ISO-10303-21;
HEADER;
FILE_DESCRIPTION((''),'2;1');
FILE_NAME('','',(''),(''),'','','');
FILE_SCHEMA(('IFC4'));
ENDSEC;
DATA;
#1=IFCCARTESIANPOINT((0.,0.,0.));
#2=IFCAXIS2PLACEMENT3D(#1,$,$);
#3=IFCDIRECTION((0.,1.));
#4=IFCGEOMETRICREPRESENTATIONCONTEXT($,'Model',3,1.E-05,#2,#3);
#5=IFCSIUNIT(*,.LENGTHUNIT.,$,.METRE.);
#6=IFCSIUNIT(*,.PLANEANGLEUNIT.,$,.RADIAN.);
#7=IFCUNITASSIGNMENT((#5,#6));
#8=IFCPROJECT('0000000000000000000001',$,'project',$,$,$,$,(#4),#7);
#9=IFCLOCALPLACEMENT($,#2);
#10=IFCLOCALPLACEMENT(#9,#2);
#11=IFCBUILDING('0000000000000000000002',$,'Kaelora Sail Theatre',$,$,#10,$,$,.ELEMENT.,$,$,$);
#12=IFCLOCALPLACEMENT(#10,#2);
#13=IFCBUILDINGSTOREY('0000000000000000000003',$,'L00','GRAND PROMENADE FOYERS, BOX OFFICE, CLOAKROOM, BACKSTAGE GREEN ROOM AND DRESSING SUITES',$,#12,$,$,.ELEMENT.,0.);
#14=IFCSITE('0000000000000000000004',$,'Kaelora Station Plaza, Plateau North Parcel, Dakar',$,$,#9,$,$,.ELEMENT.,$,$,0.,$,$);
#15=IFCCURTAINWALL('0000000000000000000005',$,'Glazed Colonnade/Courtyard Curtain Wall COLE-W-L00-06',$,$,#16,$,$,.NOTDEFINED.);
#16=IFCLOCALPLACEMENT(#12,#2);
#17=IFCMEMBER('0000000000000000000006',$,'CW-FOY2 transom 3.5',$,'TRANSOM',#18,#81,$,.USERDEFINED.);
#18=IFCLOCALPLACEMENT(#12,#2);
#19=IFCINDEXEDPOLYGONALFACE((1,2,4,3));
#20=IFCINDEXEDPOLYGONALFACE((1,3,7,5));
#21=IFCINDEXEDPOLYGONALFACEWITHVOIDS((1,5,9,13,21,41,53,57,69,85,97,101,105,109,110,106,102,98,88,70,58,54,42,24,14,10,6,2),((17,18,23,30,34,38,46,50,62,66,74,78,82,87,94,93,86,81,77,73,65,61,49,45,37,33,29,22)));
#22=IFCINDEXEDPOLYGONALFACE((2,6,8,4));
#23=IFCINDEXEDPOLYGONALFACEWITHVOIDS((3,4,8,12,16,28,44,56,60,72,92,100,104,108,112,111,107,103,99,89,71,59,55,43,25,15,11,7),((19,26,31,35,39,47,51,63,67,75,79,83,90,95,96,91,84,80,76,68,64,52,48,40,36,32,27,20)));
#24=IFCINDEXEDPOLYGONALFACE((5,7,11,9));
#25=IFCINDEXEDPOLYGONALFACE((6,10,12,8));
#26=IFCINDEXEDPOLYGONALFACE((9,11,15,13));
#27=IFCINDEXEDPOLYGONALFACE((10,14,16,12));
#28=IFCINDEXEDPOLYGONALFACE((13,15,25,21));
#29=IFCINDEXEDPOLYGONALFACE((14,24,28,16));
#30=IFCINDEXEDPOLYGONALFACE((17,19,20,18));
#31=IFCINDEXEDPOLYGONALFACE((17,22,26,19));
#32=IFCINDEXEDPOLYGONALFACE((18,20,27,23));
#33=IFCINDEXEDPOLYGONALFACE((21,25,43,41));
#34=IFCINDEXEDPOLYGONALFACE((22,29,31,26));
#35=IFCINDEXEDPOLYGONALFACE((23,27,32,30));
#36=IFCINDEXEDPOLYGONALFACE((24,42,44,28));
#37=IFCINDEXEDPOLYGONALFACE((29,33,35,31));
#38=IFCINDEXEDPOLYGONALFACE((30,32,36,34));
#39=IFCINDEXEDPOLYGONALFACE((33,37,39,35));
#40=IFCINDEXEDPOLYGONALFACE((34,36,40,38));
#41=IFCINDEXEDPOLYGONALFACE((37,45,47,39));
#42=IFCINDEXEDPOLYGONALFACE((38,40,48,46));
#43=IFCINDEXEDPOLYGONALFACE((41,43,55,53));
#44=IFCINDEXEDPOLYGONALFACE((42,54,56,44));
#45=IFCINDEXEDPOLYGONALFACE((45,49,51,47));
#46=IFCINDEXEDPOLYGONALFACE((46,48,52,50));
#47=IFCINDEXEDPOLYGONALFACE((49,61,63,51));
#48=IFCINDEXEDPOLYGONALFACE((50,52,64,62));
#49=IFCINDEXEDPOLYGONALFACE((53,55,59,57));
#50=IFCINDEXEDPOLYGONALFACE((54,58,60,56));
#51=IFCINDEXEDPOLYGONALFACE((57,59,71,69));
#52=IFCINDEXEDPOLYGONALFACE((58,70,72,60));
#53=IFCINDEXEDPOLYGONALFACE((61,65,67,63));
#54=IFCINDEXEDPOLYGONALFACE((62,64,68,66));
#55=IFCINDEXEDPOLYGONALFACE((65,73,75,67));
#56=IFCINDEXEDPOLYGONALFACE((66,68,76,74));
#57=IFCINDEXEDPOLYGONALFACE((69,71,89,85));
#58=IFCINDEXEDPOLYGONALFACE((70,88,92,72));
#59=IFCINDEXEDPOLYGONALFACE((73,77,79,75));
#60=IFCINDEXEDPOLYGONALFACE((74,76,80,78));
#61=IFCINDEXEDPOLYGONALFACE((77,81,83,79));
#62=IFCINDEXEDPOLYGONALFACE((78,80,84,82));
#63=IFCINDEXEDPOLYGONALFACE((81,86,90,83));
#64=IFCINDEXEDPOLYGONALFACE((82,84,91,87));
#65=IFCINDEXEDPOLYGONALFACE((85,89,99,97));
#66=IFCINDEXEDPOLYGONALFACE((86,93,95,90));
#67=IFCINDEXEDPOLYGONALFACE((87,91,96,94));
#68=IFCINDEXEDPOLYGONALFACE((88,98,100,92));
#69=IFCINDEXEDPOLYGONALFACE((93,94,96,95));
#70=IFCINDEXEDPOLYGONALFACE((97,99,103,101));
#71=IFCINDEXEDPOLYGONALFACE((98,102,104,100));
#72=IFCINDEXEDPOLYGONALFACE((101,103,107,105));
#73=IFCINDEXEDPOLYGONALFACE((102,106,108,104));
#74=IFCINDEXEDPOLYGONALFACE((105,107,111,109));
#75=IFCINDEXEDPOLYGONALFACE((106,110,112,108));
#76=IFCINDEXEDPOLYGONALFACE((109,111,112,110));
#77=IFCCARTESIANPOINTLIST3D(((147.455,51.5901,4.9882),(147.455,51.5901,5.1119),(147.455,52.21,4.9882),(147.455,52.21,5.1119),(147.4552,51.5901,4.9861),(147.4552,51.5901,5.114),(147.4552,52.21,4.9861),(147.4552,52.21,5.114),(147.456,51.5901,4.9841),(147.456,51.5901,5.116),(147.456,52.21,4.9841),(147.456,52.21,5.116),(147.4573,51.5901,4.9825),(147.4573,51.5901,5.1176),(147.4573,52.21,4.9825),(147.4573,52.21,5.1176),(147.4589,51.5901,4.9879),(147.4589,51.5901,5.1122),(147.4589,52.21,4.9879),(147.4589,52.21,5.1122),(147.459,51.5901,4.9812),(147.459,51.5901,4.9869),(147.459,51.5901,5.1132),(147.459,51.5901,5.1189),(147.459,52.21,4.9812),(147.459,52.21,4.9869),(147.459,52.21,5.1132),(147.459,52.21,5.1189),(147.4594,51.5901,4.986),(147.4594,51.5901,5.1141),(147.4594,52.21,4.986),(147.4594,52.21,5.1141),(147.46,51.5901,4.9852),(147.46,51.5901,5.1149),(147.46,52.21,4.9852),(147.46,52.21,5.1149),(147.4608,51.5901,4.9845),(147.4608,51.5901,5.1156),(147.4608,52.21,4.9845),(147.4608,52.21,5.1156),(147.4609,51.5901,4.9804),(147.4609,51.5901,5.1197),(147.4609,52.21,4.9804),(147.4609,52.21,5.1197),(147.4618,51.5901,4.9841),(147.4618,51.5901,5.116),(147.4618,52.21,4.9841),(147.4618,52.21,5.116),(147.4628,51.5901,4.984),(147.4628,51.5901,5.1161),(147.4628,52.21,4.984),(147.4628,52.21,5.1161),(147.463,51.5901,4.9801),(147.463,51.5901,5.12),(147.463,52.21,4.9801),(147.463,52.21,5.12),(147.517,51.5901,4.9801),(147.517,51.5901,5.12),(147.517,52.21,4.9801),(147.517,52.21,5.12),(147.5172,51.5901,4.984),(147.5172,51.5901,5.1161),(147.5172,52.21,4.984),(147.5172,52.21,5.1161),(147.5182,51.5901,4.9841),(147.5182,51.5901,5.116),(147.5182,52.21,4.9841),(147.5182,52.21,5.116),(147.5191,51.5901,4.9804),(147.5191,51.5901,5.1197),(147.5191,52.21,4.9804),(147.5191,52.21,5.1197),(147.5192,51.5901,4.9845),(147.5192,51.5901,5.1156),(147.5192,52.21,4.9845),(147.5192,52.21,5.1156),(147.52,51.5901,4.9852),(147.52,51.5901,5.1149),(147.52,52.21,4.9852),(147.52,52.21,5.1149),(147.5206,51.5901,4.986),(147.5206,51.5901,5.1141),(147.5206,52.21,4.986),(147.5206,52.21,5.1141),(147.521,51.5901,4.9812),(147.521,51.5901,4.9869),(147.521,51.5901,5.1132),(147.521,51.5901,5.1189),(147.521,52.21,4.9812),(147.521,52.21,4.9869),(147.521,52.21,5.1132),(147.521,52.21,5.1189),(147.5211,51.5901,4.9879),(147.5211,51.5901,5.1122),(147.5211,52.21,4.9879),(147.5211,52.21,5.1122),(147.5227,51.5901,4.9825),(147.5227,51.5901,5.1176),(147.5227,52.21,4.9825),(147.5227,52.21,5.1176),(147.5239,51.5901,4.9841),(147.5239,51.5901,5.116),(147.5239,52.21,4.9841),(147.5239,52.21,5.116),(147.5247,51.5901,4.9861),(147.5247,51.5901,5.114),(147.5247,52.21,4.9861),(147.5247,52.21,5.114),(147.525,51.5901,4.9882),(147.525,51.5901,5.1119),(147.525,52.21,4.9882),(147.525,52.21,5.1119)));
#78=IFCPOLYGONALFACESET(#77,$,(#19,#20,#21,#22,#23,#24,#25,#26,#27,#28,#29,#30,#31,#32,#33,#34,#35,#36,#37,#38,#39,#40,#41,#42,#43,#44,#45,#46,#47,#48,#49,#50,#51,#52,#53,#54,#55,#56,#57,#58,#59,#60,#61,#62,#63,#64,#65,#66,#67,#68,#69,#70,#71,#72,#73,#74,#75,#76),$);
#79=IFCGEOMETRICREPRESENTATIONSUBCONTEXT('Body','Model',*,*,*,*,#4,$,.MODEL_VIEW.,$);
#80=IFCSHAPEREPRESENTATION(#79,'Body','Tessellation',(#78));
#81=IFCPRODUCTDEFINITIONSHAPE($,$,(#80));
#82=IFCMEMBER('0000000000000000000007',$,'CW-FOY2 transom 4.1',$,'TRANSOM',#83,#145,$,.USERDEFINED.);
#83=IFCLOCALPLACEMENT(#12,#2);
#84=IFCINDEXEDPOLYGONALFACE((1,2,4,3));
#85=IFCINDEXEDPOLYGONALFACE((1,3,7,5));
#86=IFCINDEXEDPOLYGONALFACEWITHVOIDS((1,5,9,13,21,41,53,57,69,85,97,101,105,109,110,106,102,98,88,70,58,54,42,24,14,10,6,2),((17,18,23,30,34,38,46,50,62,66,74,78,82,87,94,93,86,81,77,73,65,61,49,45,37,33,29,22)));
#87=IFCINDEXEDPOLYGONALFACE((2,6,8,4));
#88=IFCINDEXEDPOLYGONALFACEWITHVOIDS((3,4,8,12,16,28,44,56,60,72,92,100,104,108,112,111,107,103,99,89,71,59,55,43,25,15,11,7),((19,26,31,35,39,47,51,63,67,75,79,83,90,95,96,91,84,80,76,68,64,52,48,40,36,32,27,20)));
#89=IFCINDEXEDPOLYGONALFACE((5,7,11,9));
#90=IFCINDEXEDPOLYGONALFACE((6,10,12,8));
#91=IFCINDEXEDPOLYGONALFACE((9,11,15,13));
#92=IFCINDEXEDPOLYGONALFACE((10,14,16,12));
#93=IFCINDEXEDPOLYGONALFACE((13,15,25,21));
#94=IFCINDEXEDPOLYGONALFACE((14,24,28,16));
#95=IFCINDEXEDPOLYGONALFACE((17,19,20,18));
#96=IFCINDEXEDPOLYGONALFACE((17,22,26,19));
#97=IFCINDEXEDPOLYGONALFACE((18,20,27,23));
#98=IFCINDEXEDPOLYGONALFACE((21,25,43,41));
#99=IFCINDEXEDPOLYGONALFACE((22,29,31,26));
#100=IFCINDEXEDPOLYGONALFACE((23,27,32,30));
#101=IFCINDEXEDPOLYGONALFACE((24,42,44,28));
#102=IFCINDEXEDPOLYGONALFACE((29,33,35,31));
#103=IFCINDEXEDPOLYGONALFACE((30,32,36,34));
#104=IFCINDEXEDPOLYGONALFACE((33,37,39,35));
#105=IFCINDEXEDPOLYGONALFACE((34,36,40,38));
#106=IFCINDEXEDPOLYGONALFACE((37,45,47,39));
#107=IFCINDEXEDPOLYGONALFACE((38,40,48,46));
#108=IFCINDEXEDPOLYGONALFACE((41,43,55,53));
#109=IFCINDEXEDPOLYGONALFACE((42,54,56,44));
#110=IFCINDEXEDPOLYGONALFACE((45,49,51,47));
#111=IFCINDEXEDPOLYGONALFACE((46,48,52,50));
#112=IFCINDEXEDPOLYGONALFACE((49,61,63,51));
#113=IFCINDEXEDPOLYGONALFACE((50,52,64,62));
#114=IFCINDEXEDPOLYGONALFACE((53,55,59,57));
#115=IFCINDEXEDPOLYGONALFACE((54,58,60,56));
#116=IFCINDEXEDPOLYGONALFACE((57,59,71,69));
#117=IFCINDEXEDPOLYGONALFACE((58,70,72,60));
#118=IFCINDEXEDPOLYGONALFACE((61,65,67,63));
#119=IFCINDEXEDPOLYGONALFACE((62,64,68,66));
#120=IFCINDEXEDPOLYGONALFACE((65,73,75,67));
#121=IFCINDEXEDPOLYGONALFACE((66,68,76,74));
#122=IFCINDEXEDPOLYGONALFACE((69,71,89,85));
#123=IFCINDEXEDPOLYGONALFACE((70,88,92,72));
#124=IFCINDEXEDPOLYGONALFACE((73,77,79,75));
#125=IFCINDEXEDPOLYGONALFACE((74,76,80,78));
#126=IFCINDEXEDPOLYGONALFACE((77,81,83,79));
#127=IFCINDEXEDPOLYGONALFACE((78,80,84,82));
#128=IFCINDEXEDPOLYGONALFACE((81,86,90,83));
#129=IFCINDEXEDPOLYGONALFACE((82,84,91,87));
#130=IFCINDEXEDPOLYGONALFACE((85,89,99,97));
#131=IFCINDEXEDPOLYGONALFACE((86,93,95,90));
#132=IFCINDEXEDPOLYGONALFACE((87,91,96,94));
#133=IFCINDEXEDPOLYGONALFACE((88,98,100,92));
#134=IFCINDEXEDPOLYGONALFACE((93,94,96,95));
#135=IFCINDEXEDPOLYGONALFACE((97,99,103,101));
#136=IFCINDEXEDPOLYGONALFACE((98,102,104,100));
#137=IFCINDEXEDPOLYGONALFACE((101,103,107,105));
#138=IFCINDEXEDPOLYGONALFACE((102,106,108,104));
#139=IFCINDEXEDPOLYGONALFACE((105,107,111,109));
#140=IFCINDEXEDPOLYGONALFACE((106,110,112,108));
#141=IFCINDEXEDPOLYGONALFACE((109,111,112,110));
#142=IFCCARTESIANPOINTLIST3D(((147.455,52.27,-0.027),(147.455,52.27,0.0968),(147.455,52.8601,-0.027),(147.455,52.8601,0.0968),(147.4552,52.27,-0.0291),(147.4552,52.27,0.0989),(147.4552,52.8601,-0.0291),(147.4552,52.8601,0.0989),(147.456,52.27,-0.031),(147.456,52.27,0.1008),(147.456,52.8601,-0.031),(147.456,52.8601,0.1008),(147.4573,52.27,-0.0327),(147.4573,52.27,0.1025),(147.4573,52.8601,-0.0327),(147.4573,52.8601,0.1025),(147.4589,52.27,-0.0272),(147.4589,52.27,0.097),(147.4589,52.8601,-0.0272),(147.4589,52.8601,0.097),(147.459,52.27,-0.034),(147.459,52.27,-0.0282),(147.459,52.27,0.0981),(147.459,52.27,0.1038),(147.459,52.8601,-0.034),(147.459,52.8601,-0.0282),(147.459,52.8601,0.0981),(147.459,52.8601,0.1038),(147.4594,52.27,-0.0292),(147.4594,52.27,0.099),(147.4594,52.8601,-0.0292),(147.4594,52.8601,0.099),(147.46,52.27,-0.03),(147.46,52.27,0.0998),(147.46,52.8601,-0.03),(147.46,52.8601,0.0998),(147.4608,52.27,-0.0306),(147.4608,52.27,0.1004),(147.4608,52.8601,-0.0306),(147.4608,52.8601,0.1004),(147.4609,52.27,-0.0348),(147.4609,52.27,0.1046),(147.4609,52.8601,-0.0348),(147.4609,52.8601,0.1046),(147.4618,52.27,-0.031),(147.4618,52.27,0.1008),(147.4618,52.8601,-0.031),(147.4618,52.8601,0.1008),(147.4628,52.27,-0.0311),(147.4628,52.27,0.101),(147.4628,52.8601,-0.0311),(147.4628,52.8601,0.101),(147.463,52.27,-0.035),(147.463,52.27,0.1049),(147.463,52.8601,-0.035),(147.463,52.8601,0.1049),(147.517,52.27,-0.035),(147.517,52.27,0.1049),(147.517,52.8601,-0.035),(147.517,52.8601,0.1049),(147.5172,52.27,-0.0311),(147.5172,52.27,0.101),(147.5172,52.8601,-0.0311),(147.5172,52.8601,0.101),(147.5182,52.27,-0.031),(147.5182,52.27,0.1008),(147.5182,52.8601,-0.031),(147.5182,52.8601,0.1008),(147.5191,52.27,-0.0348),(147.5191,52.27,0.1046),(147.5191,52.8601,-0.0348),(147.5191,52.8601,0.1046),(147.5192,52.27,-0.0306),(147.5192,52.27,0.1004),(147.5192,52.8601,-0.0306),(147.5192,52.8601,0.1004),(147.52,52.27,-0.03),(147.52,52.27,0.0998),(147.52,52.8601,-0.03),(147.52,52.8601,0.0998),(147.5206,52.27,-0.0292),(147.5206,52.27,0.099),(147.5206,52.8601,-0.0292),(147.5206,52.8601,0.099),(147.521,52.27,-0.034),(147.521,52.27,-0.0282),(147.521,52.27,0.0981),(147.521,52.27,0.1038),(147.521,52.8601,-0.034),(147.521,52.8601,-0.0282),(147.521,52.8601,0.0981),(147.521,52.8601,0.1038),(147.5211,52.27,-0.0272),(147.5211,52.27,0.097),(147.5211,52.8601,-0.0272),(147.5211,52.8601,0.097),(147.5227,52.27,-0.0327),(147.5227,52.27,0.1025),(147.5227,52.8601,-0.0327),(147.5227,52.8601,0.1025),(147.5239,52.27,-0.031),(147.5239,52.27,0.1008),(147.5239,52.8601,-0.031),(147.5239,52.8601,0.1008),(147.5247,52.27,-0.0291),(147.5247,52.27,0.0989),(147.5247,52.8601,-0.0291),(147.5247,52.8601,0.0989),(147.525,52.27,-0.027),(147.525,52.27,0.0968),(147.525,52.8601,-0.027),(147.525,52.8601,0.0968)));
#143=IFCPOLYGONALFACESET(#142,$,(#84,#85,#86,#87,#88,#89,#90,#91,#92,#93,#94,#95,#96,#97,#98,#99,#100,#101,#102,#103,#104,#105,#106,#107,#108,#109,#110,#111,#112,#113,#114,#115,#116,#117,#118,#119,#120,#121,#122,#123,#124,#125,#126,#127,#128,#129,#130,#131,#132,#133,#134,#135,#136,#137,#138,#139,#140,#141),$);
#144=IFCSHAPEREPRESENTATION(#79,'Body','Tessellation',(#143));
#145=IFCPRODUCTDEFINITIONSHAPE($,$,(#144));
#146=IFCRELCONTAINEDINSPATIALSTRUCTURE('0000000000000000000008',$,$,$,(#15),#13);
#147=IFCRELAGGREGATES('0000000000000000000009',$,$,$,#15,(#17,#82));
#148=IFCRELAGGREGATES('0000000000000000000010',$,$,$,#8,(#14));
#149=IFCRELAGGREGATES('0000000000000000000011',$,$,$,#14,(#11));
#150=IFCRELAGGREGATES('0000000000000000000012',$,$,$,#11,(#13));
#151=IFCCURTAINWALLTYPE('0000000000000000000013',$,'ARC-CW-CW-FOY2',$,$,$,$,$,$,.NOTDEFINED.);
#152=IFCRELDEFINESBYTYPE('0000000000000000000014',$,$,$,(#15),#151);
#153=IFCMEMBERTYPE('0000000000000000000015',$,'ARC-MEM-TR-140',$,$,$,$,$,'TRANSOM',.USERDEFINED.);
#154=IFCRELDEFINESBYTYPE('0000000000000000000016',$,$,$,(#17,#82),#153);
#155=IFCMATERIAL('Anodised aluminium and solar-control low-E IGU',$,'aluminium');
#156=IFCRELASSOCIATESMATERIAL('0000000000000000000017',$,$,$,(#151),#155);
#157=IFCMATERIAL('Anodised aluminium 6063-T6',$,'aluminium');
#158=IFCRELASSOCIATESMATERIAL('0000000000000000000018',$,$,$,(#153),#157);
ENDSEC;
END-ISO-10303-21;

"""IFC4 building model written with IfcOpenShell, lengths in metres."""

from ifc_helpers import new_model, si_unit, direction, frame, origin, origin_2d, place, context, subcontext, project, spatial, hollow_rectangle, extrude, material, material_profile, profile_set, type_object, element, aggregate, save


model = new_model("IFC4")

# Units and contexts
model_context = context("Model", 3, precision=1e-05, world=origin(), true_north=direction((0.0, 1.0)))
body_context = subcontext(model_context, "Body", "Model", "MODEL_VIEW")
ifc_project = project(units=[si_unit("LENGTHUNIT", "METRE"), si_unit("PLANEANGLEUNIT", "RADIAN")], contexts=[model_context])

# Site, building, storey
site_placement = place(None, origin())
site = spatial("IfcSite", under=ifc_project, at=site_placement, Name="Kaelora Station Plaza, Plateau North Parcel, Dakar", CompositionType="ELEMENT", RefElevation=0.0)
building_placement = place(site_placement, origin())
building = spatial("IfcBuilding", under=site, at=building_placement, Name="Kaelora Sail Theatre", CompositionType="ELEMENT")
storey_placement = place(building_placement, origin())
storey = spatial("IfcBuildingStorey", under=building, at=storey_placement, Name="L00", Description="GRAND PROMENADE FOYERS, BOX OFFICE, CLOAKROOM, BACKSTAGE GREEN ROOM AND DRESSING SUITES", CompositionType="ELEMENT", Elevation=0.0)

# Curtain wall, members
ifc_material_1 = material(Name="Anodised aluminium and solar-control low-E IGU", Category="aluminium")
curtain_wall_type = type_object("IfcCurtainWallType", Name="ARC-CW-CW-FOY2", PredefinedType="NOTDEFINED", material=ifc_material_1)
curtain_wall_placement = place(storey_placement, origin())
curtain_wall = element("IfcCurtainWall", 1, at=curtain_wall_placement, inside=storey, type_object=curtain_wall_type, Name="Glazed Colonnade/Courtyard Curtain Wall COLE-W-L00-06", PredefinedType="NOTDEFINED")
ifc_material_2 = material(Name="Anodised aluminium 6063-T6", Category="aluminium")
ifc_material_profile_1 = material_profile(ifc_material_2, hollow_rectangle(XDim=0.0701, YDim=0.1399, WallThickness=0.0039, InnerFilletRadius=0.0039, OuterFilletRadius=0.0081, at=origin_2d()), Name="ALU-TRAN 70x140x4")
ifc_profile_set_1 = profile_set([ifc_material_profile_1], Name="Anodised aluminium 6063-T6")
member_type_1 = type_object("IfcMemberType", Name="ARC-MEM-TR-140", ElementType="TRANSOM", PredefinedType="USERDEFINED", material=ifc_profile_set_1)
member_1_placement = place(storey_placement, frame((147.49, 51.5901, 5.05), z_axis=(0.0, 1.0, 0.0), x_axis=(-1.0, 0.0, 0.0)))
member_1 = element("IfcMember", 2, at=member_1_placement, type_object=member_type_1, Name="CW-FOY2 transom 3.5", ObjectType="TRANSOM", PredefinedType="USERDEFINED", context=body_context, shape_type="SweptSolid", body=[
    extrude(hollow_rectangle(XDim=0.0701, YDim=0.1399, WallThickness=0.0039, InnerFilletRadius=0.0039, OuterFilletRadius=0.0081, at=origin_2d()), origin(), (0.0, 0.0, 1.0), 0.6199),
])
member_2_placement = place(storey_placement, frame((147.49, 52.27, 0.0349), z_axis=(0.0, 1.0, 0.0), x_axis=(-1.0, 0.0, 0.0)))
member_2 = element("IfcMember", 3, at=member_2_placement, type_object=member_type_1, Name="CW-FOY2 transom 4.1", ObjectType="TRANSOM", PredefinedType="USERDEFINED", context=body_context, shape_type="SweptSolid", body=[
    extrude(hollow_rectangle(XDim=0.0701, YDim=0.1399, WallThickness=0.0039, InnerFilletRadius=0.0039, OuterFilletRadius=0.0081, at=origin_2d()), origin(), (0.0, 0.0, 1.0), 0.5901),
])
aggregate(curtain_wall, [member_1, member_2])

save(model, "model.ifc")
